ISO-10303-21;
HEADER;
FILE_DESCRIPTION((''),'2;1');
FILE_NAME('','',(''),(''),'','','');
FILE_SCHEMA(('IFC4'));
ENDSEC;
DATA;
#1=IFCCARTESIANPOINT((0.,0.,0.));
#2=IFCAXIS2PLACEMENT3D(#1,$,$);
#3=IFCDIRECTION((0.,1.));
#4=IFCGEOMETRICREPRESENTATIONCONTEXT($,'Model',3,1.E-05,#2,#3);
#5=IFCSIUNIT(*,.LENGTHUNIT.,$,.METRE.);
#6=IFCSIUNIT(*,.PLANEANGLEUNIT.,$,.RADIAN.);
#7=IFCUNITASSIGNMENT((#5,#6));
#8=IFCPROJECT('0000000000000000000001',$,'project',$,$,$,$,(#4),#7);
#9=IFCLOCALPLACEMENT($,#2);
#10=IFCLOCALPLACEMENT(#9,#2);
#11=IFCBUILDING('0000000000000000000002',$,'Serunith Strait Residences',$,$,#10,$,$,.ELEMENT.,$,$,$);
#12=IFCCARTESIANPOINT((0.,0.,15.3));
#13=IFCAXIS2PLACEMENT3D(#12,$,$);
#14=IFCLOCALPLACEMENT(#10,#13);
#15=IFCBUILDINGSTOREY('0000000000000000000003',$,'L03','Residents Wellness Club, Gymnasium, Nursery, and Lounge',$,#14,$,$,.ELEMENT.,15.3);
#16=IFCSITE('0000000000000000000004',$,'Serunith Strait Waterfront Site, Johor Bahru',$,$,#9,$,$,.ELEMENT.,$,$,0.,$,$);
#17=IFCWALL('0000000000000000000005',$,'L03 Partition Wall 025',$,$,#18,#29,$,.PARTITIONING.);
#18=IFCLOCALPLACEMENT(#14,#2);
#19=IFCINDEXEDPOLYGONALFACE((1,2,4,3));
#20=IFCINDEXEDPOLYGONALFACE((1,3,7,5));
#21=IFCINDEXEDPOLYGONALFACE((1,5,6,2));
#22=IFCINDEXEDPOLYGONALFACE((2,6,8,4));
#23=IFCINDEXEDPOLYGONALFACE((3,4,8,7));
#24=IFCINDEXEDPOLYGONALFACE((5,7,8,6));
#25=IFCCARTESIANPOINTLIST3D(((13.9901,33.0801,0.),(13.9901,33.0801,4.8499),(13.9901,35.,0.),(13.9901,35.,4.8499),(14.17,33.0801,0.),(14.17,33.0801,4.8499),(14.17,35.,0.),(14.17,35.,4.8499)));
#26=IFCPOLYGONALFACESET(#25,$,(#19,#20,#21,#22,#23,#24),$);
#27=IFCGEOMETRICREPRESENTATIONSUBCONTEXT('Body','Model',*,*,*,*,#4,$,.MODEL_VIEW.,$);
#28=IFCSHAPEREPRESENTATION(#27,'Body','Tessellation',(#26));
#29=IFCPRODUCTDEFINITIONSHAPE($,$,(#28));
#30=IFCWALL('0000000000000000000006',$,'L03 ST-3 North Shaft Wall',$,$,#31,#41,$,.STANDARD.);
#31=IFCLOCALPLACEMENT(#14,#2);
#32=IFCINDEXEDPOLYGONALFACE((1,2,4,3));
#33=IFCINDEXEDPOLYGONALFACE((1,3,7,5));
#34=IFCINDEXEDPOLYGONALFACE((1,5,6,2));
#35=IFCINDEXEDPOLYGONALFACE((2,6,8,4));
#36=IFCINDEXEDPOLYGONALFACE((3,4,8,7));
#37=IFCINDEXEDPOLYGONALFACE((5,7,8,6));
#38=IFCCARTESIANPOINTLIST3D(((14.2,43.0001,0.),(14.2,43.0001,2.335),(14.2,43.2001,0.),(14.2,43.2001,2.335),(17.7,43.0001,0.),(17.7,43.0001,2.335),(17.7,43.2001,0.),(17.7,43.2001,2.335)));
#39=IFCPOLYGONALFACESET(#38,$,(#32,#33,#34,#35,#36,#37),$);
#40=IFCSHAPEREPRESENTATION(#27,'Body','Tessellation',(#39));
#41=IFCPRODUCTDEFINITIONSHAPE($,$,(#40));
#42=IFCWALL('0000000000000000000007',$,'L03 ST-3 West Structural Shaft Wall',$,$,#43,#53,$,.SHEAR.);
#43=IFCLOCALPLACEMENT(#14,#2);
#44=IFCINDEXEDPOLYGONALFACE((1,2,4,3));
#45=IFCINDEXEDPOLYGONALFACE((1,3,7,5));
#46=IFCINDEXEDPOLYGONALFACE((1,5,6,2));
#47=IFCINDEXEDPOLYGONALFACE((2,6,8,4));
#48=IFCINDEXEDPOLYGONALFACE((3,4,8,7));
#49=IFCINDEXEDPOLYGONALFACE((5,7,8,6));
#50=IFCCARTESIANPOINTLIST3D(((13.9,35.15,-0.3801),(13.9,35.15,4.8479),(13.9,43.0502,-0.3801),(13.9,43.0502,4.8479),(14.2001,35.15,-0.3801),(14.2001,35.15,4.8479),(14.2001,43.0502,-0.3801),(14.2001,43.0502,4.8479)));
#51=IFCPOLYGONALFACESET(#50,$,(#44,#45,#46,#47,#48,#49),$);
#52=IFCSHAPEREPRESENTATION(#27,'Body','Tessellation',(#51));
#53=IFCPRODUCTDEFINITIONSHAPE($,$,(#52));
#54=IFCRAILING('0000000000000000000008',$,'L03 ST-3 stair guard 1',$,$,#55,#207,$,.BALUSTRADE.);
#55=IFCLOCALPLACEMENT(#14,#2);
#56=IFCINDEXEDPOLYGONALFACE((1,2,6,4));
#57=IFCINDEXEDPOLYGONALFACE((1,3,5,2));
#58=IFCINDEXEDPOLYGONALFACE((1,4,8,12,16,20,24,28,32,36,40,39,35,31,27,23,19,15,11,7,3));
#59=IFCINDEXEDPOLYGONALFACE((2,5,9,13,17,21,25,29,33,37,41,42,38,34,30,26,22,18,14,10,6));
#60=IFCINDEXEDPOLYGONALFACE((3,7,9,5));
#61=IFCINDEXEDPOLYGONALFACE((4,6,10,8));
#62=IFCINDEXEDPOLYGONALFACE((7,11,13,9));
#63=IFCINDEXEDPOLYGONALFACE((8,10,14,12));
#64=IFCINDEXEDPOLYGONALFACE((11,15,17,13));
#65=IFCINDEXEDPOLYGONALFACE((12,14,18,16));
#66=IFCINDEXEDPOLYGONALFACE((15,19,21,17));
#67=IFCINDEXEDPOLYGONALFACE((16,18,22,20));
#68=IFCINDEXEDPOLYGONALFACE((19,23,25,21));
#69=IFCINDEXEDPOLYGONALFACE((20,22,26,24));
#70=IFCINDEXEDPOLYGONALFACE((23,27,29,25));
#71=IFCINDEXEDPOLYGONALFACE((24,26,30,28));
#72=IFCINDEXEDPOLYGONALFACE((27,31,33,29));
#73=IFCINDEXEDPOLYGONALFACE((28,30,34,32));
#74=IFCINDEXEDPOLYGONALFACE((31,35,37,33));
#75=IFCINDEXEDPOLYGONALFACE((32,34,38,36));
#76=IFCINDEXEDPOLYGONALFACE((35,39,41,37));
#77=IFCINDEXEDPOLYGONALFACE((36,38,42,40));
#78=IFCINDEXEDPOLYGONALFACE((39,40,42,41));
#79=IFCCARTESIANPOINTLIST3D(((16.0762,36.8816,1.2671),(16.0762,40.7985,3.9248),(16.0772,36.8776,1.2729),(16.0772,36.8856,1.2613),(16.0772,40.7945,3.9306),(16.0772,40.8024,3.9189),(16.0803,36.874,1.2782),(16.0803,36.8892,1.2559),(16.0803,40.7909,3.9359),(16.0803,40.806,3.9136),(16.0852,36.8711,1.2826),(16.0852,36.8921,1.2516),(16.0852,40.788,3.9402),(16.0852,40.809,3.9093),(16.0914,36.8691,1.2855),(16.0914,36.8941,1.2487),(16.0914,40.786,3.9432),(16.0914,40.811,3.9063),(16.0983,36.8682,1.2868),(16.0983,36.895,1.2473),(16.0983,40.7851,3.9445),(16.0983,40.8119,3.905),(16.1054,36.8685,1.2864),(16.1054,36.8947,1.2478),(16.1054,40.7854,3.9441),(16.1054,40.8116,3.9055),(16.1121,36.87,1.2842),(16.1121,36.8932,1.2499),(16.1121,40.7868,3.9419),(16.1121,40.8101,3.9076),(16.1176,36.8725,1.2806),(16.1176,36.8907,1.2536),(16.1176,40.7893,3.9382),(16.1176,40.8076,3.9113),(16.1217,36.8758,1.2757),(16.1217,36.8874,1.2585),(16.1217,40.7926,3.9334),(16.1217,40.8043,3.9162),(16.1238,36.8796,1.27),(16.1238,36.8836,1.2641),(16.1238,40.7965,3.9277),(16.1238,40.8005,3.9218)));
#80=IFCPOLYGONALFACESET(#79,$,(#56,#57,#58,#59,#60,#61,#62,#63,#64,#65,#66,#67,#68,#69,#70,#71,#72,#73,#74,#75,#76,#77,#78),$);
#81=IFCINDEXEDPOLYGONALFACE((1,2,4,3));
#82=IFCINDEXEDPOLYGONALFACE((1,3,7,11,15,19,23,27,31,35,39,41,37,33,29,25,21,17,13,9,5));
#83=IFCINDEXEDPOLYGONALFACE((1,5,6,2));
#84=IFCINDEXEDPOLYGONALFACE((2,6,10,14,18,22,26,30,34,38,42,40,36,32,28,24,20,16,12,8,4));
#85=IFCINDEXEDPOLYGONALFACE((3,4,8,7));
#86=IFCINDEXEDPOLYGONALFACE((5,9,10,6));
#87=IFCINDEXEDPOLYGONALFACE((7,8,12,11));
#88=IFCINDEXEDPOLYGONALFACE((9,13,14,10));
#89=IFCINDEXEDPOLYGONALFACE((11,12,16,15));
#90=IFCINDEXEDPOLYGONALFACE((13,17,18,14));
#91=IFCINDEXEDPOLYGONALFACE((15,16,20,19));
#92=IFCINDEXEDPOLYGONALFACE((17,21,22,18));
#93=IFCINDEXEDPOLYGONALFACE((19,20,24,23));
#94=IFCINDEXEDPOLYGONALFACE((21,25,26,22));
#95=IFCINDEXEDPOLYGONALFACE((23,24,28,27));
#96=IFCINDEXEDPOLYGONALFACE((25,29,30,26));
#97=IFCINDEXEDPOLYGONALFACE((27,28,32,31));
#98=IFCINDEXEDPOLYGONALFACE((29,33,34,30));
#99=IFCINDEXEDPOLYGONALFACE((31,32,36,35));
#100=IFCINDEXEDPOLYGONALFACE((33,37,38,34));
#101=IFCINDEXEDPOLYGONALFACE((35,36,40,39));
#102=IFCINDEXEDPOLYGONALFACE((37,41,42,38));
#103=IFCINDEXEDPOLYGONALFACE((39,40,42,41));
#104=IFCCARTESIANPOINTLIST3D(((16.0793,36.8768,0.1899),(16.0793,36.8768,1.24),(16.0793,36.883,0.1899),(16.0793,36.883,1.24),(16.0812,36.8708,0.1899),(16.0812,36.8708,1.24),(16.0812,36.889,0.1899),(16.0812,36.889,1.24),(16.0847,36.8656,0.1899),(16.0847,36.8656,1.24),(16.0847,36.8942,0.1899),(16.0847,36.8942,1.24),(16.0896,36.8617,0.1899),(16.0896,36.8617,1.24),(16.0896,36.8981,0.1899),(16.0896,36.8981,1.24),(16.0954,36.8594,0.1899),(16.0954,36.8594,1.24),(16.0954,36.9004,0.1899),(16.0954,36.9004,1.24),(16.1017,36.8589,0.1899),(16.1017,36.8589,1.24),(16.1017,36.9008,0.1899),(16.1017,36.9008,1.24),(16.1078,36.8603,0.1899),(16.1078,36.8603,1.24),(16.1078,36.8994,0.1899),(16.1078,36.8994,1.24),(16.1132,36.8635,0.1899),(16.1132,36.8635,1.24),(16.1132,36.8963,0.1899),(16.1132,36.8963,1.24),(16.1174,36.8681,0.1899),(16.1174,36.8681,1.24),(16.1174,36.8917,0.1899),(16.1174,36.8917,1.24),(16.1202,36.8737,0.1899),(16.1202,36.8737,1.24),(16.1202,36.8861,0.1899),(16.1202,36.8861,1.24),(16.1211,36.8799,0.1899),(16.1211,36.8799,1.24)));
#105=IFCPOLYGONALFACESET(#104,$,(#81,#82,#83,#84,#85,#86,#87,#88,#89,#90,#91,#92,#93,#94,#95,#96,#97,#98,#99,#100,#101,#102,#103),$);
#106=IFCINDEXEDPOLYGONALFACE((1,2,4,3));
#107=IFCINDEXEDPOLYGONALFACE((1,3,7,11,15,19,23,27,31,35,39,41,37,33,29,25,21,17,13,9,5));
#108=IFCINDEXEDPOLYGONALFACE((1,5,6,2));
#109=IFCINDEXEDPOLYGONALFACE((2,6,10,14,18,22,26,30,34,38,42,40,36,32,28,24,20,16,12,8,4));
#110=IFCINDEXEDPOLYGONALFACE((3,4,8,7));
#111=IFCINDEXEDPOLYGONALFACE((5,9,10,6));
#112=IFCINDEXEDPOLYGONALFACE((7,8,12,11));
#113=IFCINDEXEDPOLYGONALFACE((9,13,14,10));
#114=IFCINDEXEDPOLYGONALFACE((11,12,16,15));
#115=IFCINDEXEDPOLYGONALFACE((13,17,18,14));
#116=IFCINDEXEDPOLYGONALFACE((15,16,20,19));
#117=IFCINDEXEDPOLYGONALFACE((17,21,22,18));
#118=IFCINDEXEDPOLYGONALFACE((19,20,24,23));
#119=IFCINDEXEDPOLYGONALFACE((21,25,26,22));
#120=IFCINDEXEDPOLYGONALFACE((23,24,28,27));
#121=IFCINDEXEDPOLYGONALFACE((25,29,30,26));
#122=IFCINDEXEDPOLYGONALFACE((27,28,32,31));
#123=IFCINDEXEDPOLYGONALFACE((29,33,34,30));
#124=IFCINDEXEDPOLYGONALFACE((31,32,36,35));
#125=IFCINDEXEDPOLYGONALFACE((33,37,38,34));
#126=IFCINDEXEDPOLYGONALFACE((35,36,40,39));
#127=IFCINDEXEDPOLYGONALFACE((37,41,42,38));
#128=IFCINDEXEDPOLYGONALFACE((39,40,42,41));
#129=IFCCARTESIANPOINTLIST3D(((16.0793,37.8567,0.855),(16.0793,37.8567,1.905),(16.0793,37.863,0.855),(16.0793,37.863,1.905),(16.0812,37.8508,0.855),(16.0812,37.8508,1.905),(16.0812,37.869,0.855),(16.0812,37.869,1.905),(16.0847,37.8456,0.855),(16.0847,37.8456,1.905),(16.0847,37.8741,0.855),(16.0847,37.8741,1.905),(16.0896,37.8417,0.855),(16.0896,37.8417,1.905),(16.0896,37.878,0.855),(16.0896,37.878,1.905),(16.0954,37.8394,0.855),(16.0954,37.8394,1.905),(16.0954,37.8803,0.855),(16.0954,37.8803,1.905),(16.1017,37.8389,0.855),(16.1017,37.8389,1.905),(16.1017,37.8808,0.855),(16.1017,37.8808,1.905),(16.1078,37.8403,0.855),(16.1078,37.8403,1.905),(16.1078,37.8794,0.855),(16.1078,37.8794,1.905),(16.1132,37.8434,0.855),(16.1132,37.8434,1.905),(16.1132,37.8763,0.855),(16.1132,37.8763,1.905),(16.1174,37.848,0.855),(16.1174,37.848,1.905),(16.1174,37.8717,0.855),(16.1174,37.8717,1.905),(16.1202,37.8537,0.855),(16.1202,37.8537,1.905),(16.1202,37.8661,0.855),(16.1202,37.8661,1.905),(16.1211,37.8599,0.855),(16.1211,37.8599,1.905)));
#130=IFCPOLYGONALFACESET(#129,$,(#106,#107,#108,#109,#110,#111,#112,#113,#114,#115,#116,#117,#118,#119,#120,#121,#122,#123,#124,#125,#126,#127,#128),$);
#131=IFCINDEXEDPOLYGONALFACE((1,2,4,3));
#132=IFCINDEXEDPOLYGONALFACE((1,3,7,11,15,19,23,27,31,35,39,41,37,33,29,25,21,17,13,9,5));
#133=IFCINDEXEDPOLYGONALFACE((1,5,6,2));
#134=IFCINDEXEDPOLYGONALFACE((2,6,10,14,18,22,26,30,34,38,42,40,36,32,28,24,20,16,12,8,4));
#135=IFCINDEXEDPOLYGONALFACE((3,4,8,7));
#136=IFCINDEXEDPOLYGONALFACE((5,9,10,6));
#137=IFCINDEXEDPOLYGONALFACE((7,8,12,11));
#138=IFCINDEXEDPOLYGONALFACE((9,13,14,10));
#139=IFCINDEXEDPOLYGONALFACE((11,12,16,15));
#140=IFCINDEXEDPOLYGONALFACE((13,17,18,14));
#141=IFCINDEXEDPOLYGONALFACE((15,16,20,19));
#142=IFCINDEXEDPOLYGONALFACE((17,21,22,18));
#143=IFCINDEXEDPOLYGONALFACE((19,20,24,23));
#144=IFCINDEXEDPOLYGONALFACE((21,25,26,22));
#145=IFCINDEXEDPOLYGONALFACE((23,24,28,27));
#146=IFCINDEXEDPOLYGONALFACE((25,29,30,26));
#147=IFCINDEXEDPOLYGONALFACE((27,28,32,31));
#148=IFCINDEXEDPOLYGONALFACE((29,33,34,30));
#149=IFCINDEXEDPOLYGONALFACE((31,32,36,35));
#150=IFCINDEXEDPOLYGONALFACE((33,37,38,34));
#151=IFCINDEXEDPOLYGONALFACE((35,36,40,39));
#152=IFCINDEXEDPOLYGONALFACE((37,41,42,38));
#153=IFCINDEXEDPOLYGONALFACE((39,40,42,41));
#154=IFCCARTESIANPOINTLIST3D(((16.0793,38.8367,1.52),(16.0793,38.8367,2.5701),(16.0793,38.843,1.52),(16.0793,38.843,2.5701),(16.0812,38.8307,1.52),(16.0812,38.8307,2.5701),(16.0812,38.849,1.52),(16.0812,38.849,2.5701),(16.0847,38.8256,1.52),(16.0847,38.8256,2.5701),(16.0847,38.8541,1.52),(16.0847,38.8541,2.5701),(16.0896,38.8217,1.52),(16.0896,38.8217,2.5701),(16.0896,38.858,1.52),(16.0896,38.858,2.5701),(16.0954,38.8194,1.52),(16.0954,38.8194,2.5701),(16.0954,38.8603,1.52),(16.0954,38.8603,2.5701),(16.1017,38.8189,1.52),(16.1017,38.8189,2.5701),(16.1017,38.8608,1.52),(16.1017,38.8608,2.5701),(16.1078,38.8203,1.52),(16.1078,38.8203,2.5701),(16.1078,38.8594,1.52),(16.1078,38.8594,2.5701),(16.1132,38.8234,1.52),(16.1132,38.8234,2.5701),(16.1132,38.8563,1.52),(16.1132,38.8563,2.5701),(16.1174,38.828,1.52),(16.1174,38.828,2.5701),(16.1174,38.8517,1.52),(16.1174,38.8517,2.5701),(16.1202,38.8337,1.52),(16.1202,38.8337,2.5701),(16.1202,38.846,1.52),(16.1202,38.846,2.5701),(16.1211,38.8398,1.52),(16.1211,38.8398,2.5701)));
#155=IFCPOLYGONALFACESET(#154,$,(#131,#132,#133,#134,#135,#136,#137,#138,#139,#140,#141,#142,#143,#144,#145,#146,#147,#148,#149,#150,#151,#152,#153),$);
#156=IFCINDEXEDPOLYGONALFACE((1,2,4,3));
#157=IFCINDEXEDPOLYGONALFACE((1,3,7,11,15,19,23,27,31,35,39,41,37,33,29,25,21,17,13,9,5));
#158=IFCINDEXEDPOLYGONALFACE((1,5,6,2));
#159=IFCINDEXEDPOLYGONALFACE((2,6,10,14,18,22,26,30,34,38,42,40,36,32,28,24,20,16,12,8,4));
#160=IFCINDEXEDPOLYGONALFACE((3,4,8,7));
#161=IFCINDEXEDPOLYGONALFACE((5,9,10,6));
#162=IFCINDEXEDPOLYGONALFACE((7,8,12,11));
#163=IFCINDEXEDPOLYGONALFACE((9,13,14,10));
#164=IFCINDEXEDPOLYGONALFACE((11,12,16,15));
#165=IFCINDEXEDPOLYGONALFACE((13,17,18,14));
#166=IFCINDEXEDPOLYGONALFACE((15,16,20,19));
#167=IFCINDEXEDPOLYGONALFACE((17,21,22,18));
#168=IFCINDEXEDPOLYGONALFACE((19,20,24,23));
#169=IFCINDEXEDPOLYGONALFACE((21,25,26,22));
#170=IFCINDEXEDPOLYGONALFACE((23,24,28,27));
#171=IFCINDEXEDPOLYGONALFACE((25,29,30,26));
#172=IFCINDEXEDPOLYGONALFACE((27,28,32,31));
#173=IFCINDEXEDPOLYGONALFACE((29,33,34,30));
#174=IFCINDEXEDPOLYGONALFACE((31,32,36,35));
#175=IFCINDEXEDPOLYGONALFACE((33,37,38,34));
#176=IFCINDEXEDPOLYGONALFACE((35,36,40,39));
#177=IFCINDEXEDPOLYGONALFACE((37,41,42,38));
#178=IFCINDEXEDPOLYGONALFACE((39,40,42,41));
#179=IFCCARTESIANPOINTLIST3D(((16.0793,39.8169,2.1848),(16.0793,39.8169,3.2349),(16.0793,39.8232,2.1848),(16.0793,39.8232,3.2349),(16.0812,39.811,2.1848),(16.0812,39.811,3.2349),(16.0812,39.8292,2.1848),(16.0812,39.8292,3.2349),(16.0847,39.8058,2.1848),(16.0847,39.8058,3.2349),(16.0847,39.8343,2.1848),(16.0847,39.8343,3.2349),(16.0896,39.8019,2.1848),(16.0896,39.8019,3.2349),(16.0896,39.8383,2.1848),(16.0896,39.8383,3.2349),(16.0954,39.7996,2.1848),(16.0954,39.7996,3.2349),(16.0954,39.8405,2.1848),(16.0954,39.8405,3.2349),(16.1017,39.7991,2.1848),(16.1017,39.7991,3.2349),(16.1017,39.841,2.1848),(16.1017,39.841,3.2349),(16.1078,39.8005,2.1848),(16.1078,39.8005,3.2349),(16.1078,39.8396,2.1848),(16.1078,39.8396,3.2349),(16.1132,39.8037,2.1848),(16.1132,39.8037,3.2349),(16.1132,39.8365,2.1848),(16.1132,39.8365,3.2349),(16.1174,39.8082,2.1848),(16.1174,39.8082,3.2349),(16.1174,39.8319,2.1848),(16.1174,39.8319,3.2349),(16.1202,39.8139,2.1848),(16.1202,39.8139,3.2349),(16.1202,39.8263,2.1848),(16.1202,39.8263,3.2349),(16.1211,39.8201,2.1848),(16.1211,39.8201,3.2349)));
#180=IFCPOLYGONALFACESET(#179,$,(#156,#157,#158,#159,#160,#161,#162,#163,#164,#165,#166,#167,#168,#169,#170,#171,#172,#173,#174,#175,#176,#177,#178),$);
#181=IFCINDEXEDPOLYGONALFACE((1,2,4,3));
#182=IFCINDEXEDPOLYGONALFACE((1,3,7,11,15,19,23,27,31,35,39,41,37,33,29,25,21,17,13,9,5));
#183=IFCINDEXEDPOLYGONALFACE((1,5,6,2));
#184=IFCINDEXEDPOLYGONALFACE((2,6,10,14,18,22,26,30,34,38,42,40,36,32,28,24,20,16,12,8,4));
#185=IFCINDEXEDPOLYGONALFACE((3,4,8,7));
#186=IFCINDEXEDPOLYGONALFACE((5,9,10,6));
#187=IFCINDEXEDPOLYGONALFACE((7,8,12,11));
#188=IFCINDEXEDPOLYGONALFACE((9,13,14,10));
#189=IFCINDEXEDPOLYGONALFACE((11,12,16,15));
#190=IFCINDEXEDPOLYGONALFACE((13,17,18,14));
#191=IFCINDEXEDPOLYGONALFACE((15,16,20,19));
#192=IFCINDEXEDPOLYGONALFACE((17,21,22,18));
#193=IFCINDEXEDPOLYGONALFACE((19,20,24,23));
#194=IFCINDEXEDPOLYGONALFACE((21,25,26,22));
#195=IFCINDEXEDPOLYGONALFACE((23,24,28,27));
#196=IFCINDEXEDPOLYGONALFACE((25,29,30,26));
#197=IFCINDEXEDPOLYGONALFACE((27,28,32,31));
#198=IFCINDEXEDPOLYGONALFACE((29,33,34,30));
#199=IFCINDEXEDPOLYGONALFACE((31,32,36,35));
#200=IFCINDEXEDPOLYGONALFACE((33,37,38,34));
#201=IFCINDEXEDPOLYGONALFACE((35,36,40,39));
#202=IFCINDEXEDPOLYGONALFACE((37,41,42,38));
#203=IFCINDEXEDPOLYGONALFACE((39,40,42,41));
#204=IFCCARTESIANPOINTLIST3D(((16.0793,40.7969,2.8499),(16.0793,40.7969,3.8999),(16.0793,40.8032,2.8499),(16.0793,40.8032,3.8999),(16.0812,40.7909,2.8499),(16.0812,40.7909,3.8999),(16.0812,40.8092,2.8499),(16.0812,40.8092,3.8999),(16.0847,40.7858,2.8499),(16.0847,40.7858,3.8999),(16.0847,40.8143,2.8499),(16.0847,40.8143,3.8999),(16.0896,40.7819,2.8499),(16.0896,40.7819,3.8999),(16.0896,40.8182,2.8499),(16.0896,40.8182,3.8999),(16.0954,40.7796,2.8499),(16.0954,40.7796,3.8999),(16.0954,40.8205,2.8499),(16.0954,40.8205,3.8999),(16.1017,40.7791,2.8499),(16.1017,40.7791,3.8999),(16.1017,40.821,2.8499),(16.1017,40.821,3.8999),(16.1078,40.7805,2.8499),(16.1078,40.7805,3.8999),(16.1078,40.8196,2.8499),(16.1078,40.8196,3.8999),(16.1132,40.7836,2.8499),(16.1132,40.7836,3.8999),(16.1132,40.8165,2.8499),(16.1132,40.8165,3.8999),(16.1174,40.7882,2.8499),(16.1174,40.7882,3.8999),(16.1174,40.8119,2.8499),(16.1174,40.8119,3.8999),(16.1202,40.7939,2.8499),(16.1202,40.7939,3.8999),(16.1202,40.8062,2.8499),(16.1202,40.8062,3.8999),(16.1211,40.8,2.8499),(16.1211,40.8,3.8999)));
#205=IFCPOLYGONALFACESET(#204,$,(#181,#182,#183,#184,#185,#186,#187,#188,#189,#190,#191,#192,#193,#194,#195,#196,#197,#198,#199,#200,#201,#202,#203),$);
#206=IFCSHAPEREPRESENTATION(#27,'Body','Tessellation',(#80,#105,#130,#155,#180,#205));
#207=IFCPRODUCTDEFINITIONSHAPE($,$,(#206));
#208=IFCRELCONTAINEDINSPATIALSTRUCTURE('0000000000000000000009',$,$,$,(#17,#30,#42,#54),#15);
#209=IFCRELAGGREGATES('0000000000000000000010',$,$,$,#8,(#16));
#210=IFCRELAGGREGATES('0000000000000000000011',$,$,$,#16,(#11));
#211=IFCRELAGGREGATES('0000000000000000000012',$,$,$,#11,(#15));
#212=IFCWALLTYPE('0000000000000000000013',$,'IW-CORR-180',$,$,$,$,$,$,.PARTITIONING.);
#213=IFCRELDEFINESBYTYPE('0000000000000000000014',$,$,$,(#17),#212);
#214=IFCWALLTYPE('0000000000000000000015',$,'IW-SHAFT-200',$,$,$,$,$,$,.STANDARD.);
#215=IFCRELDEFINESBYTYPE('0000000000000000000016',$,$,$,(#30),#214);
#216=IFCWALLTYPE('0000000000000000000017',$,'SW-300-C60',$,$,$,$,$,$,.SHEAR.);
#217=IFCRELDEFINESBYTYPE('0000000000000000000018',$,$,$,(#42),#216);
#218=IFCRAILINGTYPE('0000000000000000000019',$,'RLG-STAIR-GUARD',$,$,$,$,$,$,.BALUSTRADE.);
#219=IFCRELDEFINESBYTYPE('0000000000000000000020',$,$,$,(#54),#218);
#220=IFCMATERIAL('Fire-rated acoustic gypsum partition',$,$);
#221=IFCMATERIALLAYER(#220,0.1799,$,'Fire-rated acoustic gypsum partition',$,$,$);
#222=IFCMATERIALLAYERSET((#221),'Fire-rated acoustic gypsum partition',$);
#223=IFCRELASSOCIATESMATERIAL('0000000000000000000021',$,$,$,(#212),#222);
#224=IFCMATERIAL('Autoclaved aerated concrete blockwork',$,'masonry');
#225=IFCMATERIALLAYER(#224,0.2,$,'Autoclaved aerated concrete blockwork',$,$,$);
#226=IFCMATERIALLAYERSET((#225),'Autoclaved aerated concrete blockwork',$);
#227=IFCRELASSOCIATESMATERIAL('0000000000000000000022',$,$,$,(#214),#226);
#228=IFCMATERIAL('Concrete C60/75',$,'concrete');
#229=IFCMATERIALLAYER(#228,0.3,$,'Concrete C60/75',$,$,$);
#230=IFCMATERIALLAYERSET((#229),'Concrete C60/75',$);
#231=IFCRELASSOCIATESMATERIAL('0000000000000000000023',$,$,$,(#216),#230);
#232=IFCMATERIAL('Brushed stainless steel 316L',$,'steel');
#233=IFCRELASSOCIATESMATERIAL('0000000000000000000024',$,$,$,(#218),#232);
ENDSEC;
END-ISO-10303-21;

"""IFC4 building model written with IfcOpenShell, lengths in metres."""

from ifc_helpers import new_model, si_unit, direction, frame, frame_2d, origin, origin_2d, place, context, subcontext, project, spatial, rectangle, circle, extrude, material, layer, layer_set, type_object, element, save


model = new_model("IFC4")

# Units and contexts
model_context = context("Model", 3, precision=1e-05, world=origin(), true_north=direction((0.0, 1.0)))
body_context = subcontext(model_context, "Body", "Model", "MODEL_VIEW")
ifc_project = project(units=[si_unit("LENGTHUNIT", "METRE"), si_unit("PLANEANGLEUNIT", "RADIAN")], contexts=[model_context])

# Site, building, storey
site_placement = place(None, origin())
site = spatial("IfcSite", under=ifc_project, at=site_placement, Name="Serunith Strait Waterfront Site, Johor Bahru", CompositionType="ELEMENT", RefElevation=0.0)
building_placement = place(site_placement, origin())
building = spatial("IfcBuilding", under=site, at=building_placement, Name="Serunith Strait Residences", CompositionType="ELEMENT")
storey_placement = place(building_placement, frame((0.0, 0.0, 15.3)))
storey = spatial("IfcBuildingStorey", under=building, at=storey_placement, Name="L03", Description="Residents Wellness Club, Gymnasium, Nursery, and Lounge", CompositionType="ELEMENT", Elevation=15.3)

# Shared definitions
ifc_material_1 = material(Name="Concrete C60/75", Category="concrete")

# Wall
ifc_material_2 = material(Name="Fire-rated acoustic gypsum partition")
ifc_layer_1 = layer(ifc_material_2, 0.1799, Name="Fire-rated acoustic gypsum partition")
ifc_layer_set_1 = layer_set([ifc_layer_1], Name="Fire-rated acoustic gypsum partition")
wall_type_1 = type_object("IfcWallType", Name="IW-CORR-180", PredefinedType="PARTITIONING", material=ifc_layer_set_1)
wall_1_placement = place(storey_placement, frame((14.0801, 33.0801, 0.0), z_axis=(0.0, 0.0, 1.0), x_axis=(0.0, 1.0, 0.0)))
element("IfcWall", 1, at=wall_1_placement, inside=storey, type_object=wall_type_1, Name="L03 Partition Wall 025", PredefinedType="PARTITIONING", context=body_context, shape_type="SweptSolid", body=[
    extrude(rectangle(XDim=1.9199, YDim=0.1799, at=frame_2d((0.96, 0.0))), origin(), (0.0, 0.0, 1.0), 4.8499),
])

# Shared definitions
ifc_material_3 = material(Name="Autoclaved aerated concrete blockwork", Category="masonry")
ifc_layer_2 = layer(ifc_material_3, 0.2, Name="Autoclaved aerated concrete blockwork")
ifc_layer_set_2 = layer_set([ifc_layer_2], Name="Autoclaved aerated concrete blockwork")
wall_type_2 = type_object("IfcWallType", Name="IW-SHAFT-200", PredefinedType="STANDARD", material=ifc_layer_set_2)

# Walls
wall_2_placement = place(storey_placement, frame((14.2, 43.1001, 0.0), z_axis=(0.0, 0.0, 1.0), x_axis=(1.0, 0.0, 0.0)))
element("IfcWall", 2, at=wall_2_placement, inside=storey, type_object=wall_type_2, Name="L03 ST-3 North Shaft Wall", PredefinedType="STANDARD", context=body_context, shape_type="SweptSolid", body=[
    extrude(rectangle(XDim=3.5, YDim=0.2, at=frame_2d((1.75, 0.0))), origin(), (0.0, 0.0, 1.0), 2.335),
])
ifc_layer_3 = layer(ifc_material_1, 0.3, Name="Concrete C60/75")
ifc_layer_set_3 = layer_set([ifc_layer_3], Name="Concrete C60/75")
wall_type_3 = type_object("IfcWallType", Name="SW-300-C60", PredefinedType="SHEAR", material=ifc_layer_set_3)
wall_3_placement = place(storey_placement, frame((14.05, 35.1499, -0.3801), z_axis=(0.0, 0.0, 1.0), x_axis=(0.0, 1.0, 0.0)))
element("IfcWall", 3, at=wall_3_placement, inside=storey, type_object=wall_type_3, Name="L03 ST-3 West Structural Shaft Wall", PredefinedType="SHEAR", context=body_context, shape_type="SweptSolid", body=[
    extrude(rectangle(XDim=7.9001, YDim=0.3, at=frame_2d((3.9502, 0.0))), origin(), (0.0, 0.0, 1.0), 5.228),
])

# Railing
ifc_material_4 = material(Name="Brushed stainless steel 316L", Category="steel")
railing_type_1 = type_object("IfcRailingType", Name="RLG-STAIR-GUARD", PredefinedType="BALUSTRADE", material=ifc_material_4)
railing_1_placement = place(storey_placement, frame((16.1001, 36.8799, 0.1899)))
element("IfcRailing", 4, at=railing_1_placement, inside=storey, type_object=railing_type_1, Name="L03 ST-3 stair guard 1", PredefinedType="BALUSTRADE", context=body_context, shape_type="SweptSolid", body=[
    extrude(circle(Radius=0.0239, at=origin_2d()), frame((0.0, 0.0017, 1.0771), z_axis=(0.0, 0.827495, 0.561472), x_axis=(-1.0, 0.0, 0.0)), (0.0, 0.0, 1.0), 4.7334),
    extrude(circle(Radius=0.021, at=origin_2d()), origin(), (0.0, 0.0, 1.0), 1.05),
    extrude(circle(Radius=0.021, at=origin_2d()), frame((0.0, 0.98, 0.665)), (0.0, 0.0, 1.0), 1.05),
    extrude(circle(Radius=0.021, at=origin_2d()), frame((0.0, 1.96, 1.3301)), (0.0, 0.0, 1.0), 1.05),
    extrude(circle(Radius=0.021, at=origin_2d()), frame((0.0, 2.9402, 1.9949)), (0.0, 0.0, 1.0), 1.05),
    extrude(circle(Radius=0.021, at=origin_2d()), frame((0.0, 3.9202, 2.6599)), (0.0, 0.0, 1.0), 1.05),
])

save(model, "model.ifc")
